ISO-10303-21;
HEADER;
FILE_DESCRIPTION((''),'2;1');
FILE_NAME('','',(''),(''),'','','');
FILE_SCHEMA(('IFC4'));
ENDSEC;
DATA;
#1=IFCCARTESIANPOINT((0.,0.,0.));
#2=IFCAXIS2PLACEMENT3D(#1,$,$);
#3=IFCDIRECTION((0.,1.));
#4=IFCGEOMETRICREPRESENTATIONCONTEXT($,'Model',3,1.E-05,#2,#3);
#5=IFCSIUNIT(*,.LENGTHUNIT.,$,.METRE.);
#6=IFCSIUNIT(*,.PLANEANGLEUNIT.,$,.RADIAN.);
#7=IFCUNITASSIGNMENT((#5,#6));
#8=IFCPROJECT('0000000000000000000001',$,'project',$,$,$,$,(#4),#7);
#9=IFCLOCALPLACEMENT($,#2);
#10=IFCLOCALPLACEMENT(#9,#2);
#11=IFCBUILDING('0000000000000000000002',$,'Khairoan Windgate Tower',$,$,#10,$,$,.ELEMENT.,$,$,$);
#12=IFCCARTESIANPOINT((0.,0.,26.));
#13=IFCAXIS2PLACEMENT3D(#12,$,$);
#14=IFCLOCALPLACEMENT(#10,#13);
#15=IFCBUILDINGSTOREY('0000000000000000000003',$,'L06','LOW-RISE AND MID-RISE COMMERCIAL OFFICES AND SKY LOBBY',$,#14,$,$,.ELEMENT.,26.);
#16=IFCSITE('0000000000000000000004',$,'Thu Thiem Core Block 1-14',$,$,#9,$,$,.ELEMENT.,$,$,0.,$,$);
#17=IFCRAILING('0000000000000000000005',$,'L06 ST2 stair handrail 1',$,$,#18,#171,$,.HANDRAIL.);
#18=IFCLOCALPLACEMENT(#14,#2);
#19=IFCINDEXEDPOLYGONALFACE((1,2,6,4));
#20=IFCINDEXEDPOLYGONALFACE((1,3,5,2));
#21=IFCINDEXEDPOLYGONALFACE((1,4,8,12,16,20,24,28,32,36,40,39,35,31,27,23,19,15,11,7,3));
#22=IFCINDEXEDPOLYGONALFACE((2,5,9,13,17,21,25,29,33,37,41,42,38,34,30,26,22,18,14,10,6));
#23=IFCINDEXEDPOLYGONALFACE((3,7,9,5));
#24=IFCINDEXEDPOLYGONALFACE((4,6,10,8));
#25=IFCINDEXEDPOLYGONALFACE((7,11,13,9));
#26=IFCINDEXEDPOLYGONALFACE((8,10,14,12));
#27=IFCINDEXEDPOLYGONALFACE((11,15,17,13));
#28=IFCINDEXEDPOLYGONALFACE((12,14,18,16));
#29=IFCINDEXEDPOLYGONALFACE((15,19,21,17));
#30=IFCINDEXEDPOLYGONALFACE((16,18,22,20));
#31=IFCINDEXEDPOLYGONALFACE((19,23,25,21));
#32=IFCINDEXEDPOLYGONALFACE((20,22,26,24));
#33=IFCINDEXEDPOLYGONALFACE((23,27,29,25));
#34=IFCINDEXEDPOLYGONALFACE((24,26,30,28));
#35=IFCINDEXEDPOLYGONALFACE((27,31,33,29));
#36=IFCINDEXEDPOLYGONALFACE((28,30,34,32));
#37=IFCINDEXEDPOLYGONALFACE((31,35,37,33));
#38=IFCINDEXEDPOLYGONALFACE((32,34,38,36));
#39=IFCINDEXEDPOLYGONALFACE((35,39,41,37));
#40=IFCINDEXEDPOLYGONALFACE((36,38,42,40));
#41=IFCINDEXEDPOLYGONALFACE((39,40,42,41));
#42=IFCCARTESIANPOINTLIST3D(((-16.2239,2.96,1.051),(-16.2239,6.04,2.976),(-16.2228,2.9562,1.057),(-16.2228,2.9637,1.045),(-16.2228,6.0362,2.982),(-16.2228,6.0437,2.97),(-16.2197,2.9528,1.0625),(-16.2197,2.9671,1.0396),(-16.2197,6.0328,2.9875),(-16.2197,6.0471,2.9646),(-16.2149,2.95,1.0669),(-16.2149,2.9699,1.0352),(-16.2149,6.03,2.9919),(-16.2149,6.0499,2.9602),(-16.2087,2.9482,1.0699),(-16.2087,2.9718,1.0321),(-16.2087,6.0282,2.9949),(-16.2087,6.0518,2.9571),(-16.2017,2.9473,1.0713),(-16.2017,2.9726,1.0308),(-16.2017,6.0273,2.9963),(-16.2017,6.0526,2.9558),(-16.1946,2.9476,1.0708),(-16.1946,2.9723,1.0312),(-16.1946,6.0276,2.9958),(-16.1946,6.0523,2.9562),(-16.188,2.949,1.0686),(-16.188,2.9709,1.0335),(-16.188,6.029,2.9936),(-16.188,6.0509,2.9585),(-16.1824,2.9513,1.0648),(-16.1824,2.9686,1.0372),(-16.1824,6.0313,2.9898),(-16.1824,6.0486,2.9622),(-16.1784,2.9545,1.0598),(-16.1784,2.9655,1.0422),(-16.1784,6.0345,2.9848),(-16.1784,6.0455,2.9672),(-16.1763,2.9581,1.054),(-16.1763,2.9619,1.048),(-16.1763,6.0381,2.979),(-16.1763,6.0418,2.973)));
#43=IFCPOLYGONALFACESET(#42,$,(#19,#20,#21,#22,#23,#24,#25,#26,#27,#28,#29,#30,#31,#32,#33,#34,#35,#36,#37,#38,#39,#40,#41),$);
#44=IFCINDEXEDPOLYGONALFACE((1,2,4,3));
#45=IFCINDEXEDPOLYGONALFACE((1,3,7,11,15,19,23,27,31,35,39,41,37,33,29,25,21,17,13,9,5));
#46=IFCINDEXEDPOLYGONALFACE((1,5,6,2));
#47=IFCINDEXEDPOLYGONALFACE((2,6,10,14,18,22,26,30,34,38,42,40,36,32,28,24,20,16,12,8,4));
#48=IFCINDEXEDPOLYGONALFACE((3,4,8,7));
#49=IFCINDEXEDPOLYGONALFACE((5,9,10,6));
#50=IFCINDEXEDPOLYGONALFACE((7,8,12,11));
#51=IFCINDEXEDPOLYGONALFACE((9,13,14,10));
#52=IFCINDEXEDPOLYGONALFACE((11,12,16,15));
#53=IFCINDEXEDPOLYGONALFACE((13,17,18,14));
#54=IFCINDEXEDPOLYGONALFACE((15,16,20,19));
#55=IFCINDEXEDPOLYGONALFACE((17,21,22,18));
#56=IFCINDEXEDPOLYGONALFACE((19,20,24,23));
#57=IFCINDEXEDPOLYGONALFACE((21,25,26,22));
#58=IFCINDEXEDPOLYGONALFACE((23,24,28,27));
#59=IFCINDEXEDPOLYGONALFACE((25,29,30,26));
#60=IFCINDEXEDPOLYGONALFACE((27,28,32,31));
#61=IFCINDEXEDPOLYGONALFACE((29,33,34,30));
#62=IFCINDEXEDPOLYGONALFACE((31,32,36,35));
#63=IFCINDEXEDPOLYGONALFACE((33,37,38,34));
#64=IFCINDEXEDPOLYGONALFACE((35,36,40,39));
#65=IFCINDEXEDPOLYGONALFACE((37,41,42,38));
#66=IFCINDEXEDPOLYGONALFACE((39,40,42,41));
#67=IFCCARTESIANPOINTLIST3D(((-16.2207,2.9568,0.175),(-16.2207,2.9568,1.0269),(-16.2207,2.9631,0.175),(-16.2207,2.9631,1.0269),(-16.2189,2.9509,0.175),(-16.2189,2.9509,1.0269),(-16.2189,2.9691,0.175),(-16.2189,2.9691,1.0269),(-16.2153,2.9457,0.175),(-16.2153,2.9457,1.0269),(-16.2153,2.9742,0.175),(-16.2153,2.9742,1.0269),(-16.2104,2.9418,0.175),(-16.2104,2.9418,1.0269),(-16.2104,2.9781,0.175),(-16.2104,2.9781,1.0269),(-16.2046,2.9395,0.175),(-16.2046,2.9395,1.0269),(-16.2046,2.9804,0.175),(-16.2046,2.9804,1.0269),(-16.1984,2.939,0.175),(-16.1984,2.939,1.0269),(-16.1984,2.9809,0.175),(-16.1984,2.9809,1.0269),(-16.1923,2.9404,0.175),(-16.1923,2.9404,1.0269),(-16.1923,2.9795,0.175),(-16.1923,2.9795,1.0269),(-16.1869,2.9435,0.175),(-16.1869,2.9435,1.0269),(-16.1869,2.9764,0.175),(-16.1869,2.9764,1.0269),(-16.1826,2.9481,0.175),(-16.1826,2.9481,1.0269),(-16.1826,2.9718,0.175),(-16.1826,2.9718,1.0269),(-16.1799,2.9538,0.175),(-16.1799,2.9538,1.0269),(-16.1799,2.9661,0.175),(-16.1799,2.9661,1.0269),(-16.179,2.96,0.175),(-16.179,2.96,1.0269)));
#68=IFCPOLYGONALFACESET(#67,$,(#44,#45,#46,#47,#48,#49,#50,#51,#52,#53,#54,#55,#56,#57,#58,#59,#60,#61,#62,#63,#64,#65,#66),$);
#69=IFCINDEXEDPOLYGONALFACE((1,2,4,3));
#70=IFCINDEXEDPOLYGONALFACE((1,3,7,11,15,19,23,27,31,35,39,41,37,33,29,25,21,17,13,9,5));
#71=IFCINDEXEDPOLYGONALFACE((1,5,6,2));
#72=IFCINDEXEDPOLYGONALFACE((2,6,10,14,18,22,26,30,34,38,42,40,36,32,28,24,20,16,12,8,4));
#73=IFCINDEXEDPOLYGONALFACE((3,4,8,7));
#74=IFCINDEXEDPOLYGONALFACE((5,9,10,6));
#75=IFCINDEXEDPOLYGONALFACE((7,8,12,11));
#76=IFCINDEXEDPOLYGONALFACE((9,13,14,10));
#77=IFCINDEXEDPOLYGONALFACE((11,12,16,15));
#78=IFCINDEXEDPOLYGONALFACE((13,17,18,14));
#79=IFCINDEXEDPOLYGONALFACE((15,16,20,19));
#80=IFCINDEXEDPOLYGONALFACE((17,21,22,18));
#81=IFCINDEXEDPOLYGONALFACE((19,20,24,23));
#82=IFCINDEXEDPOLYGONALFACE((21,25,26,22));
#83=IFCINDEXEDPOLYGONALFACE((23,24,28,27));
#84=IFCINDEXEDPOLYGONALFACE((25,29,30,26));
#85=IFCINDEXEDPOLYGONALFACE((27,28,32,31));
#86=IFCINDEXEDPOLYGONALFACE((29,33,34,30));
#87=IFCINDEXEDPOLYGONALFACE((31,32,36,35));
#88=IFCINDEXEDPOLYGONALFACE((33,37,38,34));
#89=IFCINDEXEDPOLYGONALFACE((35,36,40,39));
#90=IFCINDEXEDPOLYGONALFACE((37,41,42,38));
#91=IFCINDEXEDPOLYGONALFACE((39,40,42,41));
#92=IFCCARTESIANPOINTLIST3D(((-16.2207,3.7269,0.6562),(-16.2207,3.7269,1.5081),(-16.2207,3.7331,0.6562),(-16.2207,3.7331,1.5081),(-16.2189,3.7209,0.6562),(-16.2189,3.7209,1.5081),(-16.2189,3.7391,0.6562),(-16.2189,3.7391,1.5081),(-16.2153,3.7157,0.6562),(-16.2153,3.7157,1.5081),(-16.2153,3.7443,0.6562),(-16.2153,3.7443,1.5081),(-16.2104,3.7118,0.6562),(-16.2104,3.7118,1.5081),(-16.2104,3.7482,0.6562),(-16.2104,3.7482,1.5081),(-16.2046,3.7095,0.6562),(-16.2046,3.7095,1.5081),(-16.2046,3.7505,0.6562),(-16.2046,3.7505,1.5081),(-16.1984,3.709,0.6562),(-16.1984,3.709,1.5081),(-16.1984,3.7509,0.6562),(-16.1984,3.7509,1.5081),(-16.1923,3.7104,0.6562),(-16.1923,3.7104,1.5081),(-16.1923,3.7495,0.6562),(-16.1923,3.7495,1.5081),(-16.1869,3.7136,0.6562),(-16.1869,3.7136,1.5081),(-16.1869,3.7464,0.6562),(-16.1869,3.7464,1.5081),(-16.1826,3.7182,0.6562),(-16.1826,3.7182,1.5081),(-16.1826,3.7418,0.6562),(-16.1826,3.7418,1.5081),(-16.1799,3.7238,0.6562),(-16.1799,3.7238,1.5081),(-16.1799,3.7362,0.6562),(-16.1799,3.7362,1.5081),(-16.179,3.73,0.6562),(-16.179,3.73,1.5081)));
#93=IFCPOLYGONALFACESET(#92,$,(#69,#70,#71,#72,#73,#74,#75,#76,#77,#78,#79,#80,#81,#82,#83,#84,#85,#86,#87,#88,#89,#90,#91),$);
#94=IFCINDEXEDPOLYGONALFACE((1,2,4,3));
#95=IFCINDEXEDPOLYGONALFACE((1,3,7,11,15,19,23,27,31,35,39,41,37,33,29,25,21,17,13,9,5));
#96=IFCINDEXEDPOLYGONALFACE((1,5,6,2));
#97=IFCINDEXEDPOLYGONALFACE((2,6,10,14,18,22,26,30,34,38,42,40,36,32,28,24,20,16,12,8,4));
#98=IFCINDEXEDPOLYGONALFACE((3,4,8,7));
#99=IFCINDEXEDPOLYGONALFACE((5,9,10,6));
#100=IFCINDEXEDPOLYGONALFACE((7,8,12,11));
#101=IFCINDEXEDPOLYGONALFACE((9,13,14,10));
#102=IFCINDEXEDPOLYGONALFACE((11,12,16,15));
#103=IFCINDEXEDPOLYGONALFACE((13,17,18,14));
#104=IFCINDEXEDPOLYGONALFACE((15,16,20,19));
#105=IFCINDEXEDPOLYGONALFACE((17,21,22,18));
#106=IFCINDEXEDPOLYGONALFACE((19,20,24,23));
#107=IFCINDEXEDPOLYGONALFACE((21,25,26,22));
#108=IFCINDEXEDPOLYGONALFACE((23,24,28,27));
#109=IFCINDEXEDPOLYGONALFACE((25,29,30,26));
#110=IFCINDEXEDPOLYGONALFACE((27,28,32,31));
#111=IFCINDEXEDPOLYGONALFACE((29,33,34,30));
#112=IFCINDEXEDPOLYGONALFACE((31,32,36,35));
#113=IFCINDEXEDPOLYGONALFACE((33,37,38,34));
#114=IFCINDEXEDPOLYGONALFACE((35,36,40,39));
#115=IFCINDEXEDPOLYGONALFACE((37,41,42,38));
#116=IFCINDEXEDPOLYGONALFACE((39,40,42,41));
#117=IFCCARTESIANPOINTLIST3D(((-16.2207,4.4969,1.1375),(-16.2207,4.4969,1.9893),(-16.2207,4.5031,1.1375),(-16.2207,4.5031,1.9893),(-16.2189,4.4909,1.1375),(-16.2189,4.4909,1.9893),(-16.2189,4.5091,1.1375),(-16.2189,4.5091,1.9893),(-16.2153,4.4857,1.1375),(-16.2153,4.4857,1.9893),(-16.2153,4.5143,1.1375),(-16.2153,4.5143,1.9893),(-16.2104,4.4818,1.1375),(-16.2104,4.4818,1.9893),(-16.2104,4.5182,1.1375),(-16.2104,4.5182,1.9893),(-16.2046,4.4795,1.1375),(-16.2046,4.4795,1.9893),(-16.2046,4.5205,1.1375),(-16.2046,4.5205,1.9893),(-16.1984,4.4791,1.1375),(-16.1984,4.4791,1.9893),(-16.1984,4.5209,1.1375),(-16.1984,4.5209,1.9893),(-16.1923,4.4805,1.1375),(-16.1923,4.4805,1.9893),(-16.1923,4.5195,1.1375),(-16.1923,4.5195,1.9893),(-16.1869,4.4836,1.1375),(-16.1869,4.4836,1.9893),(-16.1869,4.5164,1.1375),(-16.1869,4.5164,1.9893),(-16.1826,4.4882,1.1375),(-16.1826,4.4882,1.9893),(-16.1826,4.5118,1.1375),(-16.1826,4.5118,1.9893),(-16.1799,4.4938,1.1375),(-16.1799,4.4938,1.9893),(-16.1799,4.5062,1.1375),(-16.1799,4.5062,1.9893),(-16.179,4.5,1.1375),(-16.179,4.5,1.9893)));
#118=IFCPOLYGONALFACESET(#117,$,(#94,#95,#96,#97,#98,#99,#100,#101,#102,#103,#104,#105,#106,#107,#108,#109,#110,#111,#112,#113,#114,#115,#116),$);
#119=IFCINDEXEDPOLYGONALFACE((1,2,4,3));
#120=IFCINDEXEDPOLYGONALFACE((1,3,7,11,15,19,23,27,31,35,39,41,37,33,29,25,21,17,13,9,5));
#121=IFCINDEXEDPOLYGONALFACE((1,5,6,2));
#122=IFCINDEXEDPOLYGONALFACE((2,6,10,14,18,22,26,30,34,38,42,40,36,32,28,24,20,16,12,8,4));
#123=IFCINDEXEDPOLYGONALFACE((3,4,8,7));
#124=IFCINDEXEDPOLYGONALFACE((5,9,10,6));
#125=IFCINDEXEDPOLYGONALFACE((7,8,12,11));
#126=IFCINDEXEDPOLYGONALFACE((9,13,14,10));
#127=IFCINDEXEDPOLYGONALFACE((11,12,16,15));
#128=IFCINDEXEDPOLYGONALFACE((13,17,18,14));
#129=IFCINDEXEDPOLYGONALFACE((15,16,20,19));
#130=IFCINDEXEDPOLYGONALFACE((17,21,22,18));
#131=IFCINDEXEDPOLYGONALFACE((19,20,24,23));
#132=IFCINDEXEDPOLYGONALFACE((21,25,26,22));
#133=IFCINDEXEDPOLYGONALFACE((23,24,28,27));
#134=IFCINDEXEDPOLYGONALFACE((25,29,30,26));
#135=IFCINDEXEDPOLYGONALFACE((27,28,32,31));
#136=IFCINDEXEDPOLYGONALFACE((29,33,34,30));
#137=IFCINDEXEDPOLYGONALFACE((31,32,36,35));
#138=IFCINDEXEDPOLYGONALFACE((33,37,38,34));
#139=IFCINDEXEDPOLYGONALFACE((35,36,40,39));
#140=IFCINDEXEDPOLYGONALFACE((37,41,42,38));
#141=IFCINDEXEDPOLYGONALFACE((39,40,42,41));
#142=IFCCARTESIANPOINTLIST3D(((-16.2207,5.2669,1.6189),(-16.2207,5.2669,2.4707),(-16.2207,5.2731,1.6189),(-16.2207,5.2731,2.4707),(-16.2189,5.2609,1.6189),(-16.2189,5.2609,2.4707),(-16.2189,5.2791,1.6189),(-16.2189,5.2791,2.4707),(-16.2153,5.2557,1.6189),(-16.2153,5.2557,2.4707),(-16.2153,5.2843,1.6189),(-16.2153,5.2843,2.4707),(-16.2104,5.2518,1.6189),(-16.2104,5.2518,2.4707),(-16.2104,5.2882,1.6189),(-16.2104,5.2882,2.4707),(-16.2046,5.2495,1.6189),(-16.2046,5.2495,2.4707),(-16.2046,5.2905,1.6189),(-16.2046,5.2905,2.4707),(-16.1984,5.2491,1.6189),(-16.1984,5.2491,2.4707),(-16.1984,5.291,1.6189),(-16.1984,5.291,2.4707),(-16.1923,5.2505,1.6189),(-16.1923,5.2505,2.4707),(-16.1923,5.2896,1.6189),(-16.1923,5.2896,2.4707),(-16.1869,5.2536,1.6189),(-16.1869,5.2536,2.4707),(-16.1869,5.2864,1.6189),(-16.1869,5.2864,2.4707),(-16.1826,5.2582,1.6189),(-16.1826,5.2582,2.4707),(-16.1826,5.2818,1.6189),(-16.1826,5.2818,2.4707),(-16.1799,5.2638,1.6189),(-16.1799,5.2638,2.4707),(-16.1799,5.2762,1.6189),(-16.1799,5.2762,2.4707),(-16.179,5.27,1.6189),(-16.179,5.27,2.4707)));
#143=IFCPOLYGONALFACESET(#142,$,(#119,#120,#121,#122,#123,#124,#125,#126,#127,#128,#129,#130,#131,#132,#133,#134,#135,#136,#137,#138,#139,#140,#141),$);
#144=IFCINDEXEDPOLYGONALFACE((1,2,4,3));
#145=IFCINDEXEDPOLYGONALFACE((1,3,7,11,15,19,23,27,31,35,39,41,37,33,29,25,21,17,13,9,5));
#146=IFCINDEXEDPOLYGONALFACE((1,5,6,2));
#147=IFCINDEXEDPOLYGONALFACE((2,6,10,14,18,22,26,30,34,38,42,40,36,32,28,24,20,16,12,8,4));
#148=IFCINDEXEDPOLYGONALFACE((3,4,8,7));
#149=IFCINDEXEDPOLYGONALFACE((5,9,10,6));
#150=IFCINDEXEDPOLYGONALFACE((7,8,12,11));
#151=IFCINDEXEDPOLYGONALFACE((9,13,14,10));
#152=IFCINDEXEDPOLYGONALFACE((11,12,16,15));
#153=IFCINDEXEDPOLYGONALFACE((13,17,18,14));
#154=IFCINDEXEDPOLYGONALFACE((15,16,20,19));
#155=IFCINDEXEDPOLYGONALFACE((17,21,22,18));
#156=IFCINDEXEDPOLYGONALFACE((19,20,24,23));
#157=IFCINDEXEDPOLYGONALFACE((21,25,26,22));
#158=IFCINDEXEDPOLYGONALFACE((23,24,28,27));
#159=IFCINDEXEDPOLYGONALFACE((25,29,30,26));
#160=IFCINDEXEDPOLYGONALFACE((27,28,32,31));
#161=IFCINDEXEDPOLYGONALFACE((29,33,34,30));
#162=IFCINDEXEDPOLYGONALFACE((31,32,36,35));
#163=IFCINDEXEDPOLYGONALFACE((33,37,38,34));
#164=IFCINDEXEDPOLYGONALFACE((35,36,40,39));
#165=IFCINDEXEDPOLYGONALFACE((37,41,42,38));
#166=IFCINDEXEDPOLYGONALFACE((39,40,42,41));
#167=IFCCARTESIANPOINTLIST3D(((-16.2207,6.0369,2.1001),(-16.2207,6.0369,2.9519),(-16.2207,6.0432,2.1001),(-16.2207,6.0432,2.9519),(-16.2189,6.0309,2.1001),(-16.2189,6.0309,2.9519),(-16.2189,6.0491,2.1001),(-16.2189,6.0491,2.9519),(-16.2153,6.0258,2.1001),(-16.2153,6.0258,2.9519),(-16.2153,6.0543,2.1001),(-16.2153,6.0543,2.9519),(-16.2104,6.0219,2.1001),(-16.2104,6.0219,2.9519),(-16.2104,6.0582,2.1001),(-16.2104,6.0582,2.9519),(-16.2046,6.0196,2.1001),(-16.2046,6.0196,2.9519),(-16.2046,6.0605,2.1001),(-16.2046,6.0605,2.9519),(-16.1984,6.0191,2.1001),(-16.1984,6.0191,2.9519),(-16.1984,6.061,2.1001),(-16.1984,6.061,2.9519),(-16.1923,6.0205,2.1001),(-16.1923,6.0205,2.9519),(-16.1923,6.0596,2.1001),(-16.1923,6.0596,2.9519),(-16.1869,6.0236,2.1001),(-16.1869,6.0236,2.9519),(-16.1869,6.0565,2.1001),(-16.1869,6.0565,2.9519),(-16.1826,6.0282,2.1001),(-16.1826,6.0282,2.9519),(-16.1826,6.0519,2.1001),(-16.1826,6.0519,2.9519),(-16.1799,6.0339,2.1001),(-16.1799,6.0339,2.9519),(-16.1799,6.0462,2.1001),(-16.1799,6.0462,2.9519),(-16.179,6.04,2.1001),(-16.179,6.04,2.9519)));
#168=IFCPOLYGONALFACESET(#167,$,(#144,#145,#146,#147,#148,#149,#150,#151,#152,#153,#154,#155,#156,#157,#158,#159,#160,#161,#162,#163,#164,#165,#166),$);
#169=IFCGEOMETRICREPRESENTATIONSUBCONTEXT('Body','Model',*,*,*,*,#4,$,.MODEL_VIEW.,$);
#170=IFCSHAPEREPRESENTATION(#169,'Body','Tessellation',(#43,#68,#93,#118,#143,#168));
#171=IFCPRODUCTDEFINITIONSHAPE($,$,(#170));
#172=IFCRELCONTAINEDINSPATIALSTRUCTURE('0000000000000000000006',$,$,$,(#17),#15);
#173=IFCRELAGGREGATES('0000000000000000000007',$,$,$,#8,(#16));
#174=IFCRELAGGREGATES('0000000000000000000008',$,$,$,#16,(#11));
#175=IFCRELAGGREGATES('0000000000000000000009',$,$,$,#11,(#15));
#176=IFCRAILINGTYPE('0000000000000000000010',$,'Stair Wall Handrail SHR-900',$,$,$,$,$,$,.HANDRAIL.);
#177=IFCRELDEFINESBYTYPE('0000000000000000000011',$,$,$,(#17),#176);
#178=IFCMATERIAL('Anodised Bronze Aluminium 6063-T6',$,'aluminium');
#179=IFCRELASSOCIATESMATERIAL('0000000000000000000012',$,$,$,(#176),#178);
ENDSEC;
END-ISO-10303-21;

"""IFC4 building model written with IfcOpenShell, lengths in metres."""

from ifc_helpers import new_model, si_unit, direction, frame, origin, origin_2d, place, context, subcontext, project, spatial, circle, extrude, material, type_object, element, save


model = new_model("IFC4")

# Units and contexts
model_context = context("Model", 3, precision=1e-05, world=origin(), true_north=direction((0.0, 1.0)))
body_context = subcontext(model_context, "Body", "Model", "MODEL_VIEW")
ifc_project = project(units=[si_unit("LENGTHUNIT", "METRE"), si_unit("PLANEANGLEUNIT", "RADIAN")], contexts=[model_context])

# Site, building, storey
site_placement = place(None, origin())
site = spatial("IfcSite", under=ifc_project, at=site_placement, Name="Thu Thiem Core Block 1-14", CompositionType="ELEMENT", RefElevation=0.0)
building_placement = place(site_placement, origin())
building = spatial("IfcBuilding", under=site, at=building_placement, Name="Khairoan Windgate Tower", CompositionType="ELEMENT")
storey_placement = place(building_placement, frame((0.0, 0.0, 26.0)))
storey = spatial("IfcBuildingStorey", under=building, at=storey_placement, Name="L06", Description="LOW-RISE AND MID-RISE COMMERCIAL OFFICES AND SKY LOBBY", CompositionType="ELEMENT", Elevation=26.0)

# Railing
ifc_material_1 = material(Name="Anodised Bronze Aluminium 6063-T6", Category="aluminium")
railing_type_1 = type_object("IfcRailingType", Name="Stair Wall Handrail SHR-900", PredefinedType="HANDRAIL", material=ifc_material_1)
railing_1_placement = place(storey_placement, frame((-16.2, 2.96, 0.175)))
element("IfcRailing", 1, at=railing_1_placement, inside=storey, type_object=railing_type_1, Name="L06 ST2 stair handrail 1", PredefinedType="HANDRAIL", context=body_context, shape_type="SweptSolid", body=[
    extrude(circle(Radius=0.0239, at=origin_2d()), frame((0.0, 0.0, 0.876), z_axis=(0.0, 0.847998, 0.529999), x_axis=(-1.0, 0.0, 0.0)), (0.0, 0.0, 1.0), 3.6321),
    extrude(circle(Radius=0.021, at=origin_2d()), origin(), (0.0, 0.0, 1.0), 0.8518),
    extrude(circle(Radius=0.021, at=origin_2d()), frame((0.0, 0.77, 0.4812)), (0.0, 0.0, 1.0), 0.8518),
    extrude(circle(Radius=0.021, at=origin_2d()), frame((0.0, 1.54, 0.9624)), (0.0, 0.0, 1.0), 0.8518),
    extrude(circle(Radius=0.021, at=origin_2d()), frame((0.0, 2.3101, 1.4438)), (0.0, 0.0, 1.0), 0.8518),
    extrude(circle(Radius=0.021, at=origin_2d()), frame((0.0, 3.0801, 1.925)), (0.0, 0.0, 1.0), 0.8518),
])

save(model, "model.ifc")
